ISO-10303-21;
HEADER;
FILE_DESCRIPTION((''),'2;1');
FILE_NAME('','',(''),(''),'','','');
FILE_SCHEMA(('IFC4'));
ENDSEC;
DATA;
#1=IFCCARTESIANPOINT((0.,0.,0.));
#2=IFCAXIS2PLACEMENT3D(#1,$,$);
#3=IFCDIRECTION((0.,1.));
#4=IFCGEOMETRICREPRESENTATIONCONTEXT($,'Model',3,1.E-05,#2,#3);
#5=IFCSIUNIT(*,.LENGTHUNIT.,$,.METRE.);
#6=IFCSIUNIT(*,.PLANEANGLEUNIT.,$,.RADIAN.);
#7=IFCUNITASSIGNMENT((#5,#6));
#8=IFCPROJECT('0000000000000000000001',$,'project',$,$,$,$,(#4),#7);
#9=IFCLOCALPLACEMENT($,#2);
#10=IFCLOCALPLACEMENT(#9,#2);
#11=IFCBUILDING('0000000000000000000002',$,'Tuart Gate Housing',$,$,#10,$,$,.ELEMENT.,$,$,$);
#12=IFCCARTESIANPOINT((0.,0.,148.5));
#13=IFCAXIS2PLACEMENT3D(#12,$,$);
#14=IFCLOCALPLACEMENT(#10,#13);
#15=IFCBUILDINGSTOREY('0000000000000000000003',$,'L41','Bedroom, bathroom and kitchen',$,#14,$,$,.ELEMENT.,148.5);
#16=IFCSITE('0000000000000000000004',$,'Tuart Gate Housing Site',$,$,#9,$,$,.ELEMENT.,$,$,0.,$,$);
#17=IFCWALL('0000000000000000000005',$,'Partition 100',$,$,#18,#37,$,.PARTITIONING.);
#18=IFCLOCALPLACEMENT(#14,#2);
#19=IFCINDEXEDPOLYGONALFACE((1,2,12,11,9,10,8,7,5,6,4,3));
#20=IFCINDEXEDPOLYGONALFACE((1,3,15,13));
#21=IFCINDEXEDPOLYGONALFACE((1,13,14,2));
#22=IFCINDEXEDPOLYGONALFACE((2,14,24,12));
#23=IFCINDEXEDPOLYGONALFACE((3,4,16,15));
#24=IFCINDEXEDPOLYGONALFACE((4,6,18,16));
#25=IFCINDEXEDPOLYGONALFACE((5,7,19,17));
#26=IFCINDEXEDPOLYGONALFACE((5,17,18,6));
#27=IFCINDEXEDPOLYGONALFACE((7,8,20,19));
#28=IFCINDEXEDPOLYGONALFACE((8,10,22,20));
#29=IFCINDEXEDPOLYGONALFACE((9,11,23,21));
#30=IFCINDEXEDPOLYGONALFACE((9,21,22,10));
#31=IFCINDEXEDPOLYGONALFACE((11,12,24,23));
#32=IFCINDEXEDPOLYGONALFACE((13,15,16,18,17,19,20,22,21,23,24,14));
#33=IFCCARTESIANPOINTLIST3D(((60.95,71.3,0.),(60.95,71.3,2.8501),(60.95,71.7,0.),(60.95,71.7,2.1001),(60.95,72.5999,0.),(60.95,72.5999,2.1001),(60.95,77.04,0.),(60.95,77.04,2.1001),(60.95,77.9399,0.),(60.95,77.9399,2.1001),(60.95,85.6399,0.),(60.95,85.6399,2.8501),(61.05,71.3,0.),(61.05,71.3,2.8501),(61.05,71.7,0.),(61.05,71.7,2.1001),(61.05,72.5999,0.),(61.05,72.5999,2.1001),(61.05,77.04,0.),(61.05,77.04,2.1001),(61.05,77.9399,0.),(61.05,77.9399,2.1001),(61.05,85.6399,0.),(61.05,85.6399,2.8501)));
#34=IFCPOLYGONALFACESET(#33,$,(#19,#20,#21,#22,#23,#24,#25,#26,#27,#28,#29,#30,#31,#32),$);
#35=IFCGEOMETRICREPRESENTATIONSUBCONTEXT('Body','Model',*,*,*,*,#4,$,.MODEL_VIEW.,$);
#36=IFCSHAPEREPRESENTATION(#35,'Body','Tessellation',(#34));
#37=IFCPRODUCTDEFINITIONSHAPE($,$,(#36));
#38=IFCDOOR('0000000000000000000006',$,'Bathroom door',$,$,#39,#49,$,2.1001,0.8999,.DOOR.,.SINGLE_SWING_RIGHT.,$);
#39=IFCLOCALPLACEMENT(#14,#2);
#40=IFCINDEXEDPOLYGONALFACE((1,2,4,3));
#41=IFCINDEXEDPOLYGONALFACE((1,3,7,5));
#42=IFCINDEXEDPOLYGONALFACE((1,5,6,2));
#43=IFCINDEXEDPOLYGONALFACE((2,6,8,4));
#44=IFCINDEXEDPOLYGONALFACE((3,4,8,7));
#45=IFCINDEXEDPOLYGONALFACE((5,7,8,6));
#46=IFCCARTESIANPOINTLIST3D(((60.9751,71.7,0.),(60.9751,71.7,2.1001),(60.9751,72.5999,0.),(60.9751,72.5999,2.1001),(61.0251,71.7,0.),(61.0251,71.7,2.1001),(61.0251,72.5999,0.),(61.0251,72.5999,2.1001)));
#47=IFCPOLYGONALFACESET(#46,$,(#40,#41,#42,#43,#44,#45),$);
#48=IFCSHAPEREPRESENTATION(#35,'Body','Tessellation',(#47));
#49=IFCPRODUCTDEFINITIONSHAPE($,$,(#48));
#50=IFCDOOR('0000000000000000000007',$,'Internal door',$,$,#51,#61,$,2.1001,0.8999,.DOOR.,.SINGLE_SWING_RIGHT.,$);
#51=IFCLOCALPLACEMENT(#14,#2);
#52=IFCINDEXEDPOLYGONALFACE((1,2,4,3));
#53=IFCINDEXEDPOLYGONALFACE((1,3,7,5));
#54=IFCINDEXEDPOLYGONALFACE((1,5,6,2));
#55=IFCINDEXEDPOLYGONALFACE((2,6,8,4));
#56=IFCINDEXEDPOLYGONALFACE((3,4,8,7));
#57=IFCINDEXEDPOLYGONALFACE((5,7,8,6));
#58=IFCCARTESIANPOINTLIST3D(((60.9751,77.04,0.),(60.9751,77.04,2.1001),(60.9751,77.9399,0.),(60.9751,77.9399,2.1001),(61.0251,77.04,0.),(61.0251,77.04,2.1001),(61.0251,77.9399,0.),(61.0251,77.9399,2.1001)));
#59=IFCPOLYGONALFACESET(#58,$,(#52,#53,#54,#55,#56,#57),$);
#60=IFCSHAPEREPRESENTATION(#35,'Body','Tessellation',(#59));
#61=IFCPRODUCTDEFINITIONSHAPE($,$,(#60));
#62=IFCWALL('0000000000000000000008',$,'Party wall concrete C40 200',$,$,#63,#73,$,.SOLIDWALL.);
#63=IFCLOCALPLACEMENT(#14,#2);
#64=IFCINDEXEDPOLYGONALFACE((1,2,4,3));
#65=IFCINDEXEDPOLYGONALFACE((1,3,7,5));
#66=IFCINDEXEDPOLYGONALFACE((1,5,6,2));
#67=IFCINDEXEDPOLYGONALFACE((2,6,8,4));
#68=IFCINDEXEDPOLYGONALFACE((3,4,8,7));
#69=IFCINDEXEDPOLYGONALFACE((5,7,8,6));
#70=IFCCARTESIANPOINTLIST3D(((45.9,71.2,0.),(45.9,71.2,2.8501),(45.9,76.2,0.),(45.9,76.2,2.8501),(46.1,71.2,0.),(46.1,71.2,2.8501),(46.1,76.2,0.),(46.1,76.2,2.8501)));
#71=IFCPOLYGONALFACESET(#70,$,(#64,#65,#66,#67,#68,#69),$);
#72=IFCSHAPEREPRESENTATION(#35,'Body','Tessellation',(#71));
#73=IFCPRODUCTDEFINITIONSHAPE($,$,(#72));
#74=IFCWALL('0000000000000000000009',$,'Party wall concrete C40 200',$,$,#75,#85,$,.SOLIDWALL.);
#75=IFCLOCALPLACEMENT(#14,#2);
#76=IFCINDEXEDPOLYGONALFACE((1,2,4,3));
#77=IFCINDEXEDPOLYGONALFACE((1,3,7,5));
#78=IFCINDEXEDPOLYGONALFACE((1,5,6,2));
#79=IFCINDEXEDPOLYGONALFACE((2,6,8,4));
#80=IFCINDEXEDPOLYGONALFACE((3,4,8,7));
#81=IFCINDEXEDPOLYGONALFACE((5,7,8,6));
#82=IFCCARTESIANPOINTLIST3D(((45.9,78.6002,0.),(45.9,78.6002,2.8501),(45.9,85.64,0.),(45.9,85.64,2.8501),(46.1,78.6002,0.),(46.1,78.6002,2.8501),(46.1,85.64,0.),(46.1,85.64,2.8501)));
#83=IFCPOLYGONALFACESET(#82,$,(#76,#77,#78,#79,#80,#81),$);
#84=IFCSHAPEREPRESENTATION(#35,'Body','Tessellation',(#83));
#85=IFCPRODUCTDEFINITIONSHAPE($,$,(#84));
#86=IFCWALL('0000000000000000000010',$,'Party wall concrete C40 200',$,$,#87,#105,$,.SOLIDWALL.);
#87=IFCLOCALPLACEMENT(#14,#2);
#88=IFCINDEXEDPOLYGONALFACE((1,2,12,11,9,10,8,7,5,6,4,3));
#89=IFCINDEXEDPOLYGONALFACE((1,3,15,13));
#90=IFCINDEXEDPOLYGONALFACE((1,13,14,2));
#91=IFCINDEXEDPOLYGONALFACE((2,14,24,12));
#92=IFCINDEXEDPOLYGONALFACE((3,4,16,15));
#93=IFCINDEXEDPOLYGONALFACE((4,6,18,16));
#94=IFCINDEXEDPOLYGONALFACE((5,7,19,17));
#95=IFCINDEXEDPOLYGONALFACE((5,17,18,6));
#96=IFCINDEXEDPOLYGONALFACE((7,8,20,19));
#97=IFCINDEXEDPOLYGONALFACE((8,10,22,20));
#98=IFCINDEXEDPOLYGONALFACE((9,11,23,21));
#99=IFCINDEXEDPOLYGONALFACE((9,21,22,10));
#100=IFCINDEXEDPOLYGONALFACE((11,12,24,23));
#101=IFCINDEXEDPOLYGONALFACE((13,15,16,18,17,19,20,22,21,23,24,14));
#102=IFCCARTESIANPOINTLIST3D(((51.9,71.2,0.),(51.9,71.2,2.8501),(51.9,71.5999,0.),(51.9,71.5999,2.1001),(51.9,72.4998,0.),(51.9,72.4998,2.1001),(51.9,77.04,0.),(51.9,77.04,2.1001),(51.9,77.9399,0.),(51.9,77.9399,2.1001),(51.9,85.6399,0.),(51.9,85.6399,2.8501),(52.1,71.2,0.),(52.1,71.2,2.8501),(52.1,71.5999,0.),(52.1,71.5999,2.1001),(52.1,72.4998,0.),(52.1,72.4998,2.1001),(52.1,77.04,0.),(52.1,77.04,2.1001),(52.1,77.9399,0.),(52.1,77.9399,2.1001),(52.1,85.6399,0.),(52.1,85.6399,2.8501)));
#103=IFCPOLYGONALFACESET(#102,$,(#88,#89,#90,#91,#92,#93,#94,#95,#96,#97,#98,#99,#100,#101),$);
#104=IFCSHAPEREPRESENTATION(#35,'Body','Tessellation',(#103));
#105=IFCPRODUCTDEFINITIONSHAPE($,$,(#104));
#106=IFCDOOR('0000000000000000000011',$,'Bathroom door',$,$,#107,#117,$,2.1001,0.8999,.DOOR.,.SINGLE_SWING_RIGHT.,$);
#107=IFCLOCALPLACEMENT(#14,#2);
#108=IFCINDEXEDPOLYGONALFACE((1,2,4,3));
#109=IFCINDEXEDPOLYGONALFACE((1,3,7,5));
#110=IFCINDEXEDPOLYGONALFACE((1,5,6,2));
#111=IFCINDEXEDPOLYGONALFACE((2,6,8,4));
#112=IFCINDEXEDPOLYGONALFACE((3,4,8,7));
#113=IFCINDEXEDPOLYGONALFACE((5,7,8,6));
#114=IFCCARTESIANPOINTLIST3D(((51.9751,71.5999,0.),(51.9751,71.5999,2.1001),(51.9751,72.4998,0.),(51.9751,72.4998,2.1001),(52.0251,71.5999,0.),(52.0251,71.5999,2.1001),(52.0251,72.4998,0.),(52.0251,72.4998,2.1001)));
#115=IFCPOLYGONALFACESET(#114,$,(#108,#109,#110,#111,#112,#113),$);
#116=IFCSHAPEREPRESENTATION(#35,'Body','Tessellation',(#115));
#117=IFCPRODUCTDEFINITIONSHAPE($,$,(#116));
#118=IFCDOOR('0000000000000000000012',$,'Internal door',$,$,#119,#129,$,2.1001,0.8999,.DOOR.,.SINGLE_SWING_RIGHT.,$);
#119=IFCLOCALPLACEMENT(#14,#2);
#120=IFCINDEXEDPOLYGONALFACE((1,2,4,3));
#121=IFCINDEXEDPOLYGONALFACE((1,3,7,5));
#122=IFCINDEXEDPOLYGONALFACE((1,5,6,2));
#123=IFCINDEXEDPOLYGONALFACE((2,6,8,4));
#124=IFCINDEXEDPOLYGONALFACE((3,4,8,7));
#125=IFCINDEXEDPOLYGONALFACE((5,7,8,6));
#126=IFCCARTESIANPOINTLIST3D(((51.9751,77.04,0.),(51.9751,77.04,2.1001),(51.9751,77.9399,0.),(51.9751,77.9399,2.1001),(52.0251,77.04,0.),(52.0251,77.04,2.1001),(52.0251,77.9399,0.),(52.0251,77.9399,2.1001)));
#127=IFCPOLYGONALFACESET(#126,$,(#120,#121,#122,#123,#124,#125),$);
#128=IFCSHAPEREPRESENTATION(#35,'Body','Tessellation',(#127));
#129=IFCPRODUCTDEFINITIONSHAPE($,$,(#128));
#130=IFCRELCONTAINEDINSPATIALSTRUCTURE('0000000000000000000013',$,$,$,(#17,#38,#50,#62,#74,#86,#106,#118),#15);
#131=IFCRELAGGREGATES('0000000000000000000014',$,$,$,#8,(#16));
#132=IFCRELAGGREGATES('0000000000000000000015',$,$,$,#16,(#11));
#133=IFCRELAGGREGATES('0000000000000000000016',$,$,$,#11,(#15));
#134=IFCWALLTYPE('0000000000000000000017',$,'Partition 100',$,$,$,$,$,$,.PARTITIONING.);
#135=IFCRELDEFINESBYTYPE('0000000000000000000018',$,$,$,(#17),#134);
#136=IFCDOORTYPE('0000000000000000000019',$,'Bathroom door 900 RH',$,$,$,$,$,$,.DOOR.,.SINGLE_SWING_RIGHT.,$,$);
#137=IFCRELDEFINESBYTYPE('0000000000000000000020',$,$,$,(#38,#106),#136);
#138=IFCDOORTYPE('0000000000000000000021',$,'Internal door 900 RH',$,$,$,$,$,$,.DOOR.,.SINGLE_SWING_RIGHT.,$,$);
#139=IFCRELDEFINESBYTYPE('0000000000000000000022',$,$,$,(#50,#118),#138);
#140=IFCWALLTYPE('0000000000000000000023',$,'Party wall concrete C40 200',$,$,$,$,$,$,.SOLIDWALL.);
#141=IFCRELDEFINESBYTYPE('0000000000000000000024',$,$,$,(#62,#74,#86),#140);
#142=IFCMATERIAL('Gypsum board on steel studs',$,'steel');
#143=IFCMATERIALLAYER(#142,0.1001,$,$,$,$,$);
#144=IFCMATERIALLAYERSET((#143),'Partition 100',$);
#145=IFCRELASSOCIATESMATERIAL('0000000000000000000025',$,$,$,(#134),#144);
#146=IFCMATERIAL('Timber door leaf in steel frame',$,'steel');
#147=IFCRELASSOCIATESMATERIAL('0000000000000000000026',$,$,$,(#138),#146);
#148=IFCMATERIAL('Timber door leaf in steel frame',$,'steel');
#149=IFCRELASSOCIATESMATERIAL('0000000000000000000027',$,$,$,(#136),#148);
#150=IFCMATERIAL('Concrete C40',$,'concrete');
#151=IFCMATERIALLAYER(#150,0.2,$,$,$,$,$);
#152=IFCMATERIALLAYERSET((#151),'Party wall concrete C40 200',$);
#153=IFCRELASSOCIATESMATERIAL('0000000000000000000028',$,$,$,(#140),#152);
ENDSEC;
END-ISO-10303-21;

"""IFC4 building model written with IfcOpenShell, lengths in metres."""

from ifc_helpers import new_model, si_unit, direction, frame, frame_2d, origin, place, context, subcontext, project, spatial, rectangle, extrude, material, layer, layer_set, type_object, element, fill, save


model = new_model("IFC4")

# Units and contexts
model_context = context("Model", 3, precision=1e-05, world=origin(), true_north=direction((0.0, 1.0)))
body_context = subcontext(model_context, "Body", "Model", "MODEL_VIEW")
ifc_project = project(units=[si_unit("LENGTHUNIT", "METRE"), si_unit("PLANEANGLEUNIT", "RADIAN")], contexts=[model_context])

# Site, building, storey
site_placement = place(None, origin())
site = spatial("IfcSite", under=ifc_project, at=site_placement, Name="Tuart Gate Housing Site", CompositionType="ELEMENT", RefElevation=0.0)
building_placement = place(site_placement, origin())
building = spatial("IfcBuilding", under=site, at=building_placement, Name="Tuart Gate Housing", CompositionType="ELEMENT")
storey_placement = place(building_placement, frame((0.0, 0.0, 148.5)))
storey = spatial("IfcBuildingStorey", under=building, at=storey_placement, Name="L41", Description="Bedroom, bathroom and kitchen", CompositionType="ELEMENT", Elevation=148.5)

# Shared definitions
ifc_material_1 = material(Name="Gypsum board on steel studs", Category="steel")
ifc_layer_1 = layer(ifc_material_1, 0.1001)
ifc_layer_set_1 = layer_set([ifc_layer_1], Name="Partition 100")
wall_type_1 = type_object("IfcWallType", Name="Partition 100", PredefinedType="PARTITIONING", material=ifc_layer_set_1)

# Shared definitions
ifc_material_2 = material(Name="Timber door leaf in steel frame", Category="steel")
door_type_1 = type_object("IfcDoorType", Name="Internal door 900 RH", OperationType="SINGLE_SWING_RIGHT", PredefinedType="DOOR", material=ifc_material_2)

# Wall, openings, doors
wall_1_placement = place(storey_placement, frame((61.0, 71.3, 0.0), z_axis=(0.0, 0.0, 1.0), x_axis=(0.0, 1.0, 0.0)))
wall_1 = element("IfcWall", 1, at=wall_1_placement, inside=storey, type_object=wall_type_1, Name="Partition 100", PredefinedType="PARTITIONING", context=body_context, shape_type="SweptSolid", body=[
    extrude(rectangle(XDim=14.3398, YDim=0.1001, at=frame_2d((7.1699, 0.0))), origin(), (0.0, 0.0, 1.0), 2.8501),
])
opening_1_placement = place(wall_1_placement, frame((5.74, 0.0, 0.0)))
opening_1 = element("IfcOpeningElement", 2, at=opening_1_placement, cuts=wall_1, PredefinedType="OPENING", context=body_context, shape_type="SweptSolid", body=[
    extrude(rectangle(XDim=0.8999, YDim=2.1001, at=frame_2d((0.45, 1.05))), frame((0.0, 0.0601, 0.0), z_axis=(0.0, -1.0, 0.0), x_axis=(1.0, 0.0, 0.0)), (0.0, 0.0, 1.0), 0.1201),
])
opening_2_placement = place(wall_1_placement, frame((0.3999, 0.0, 0.0)))
opening_2 = element("IfcOpeningElement", 3, at=opening_2_placement, cuts=wall_1, PredefinedType="OPENING", context=body_context, shape_type="SweptSolid", body=[
    extrude(rectangle(XDim=0.8999, YDim=2.1001, at=frame_2d((0.45, 1.05))), frame((0.0, 0.0601, 0.0), z_axis=(0.0, -1.0, 0.0), x_axis=(1.0, 0.0, 0.0)), (0.0, 0.0, 1.0), 0.1201),
])
ifc_material_3 = material(Name="Timber door leaf in steel frame", Category="steel")
door_type_2 = type_object("IfcDoorType", Name="Bathroom door 900 RH", OperationType="SINGLE_SWING_RIGHT", PredefinedType="DOOR", material=ifc_material_3)
door_1_placement = place(opening_2_placement, frame((0.8999, 0.0, 0.0), z_axis=(0.0, 0.0, 1.0), x_axis=(-1.0, 0.0, 0.0)))
door_1 = element("IfcDoor", 4, at=door_1_placement, inside=storey, type_object=door_type_2, Name="Bathroom door", OperationType="SINGLE_SWING_RIGHT", OverallHeight=2.1001, OverallWidth=0.8999, PredefinedType="DOOR", context=body_context, shape_type="SweptSolid", body=[
    extrude(rectangle(XDim=0.8999, YDim=2.1001, at=frame_2d((0.45, 1.05))), frame((0.0, 0.0251, 0.0), z_axis=(0.0, -1.0, 0.0), x_axis=(1.0, 0.0, 0.0)), (0.0, 0.0, 1.0), 0.05),
])
fill(opening_2, door_1)
door_2_placement = place(opening_1_placement, frame((0.8999, 0.0, 0.0), z_axis=(0.0, 0.0, 1.0), x_axis=(-1.0, 0.0, 0.0)))
door_2 = element("IfcDoor", 5, at=door_2_placement, inside=storey, type_object=door_type_1, Name="Internal door", OperationType="SINGLE_SWING_RIGHT", OverallHeight=2.1001, OverallWidth=0.8999, PredefinedType="DOOR", context=body_context, shape_type="SweptSolid", body=[
    extrude(rectangle(XDim=0.8999, YDim=2.1001, at=frame_2d((0.45, 1.05))), frame((0.0, 0.0251, 0.0), z_axis=(0.0, -1.0, 0.0), x_axis=(1.0, 0.0, 0.0)), (0.0, 0.0, 1.0), 0.05),
])
fill(opening_1, door_2)

# Walls
ifc_material_4 = material(Name="Concrete C40", Category="concrete")
ifc_layer_2 = layer(ifc_material_4, 0.2)
ifc_layer_set_2 = layer_set([ifc_layer_2], Name="Party wall concrete C40 200")
wall_type_2 = type_object("IfcWallType", Name="Party wall concrete C40 200", PredefinedType="SOLIDWALL", material=ifc_layer_set_2)
wall_2_placement = place(storey_placement, frame((46.0, 71.2, 0.0), z_axis=(0.0, 0.0, 1.0), x_axis=(0.0, 1.0, 0.0)))
element("IfcWall", 6, at=wall_2_placement, inside=storey, type_object=wall_type_2, Name="Party wall concrete C40 200", PredefinedType="SOLIDWALL", context=body_context, shape_type="SweptSolid", body=[
    extrude(rectangle(XDim=5.0, YDim=0.2, at=frame_2d((2.5, 0.0))), origin(), (0.0, 0.0, 1.0), 2.8501),
])
wall_3_placement = place(storey_placement, frame((46.0, 78.6001, 0.0), z_axis=(0.0, 0.0, 1.0), x_axis=(0.0, 1.0, 0.0)))
element("IfcWall", 7, at=wall_3_placement, inside=storey, type_object=wall_type_2, Name="Party wall concrete C40 200", PredefinedType="SOLIDWALL", context=body_context, shape_type="SweptSolid", body=[
    extrude(rectangle(XDim=7.0398, YDim=0.2, at=frame_2d((3.52, 0.0))), origin(), (0.0, 0.0, 1.0), 2.8501),
])

# Wall, openings, doors
wall_4_placement = place(storey_placement, frame((52.0, 71.2, 0.0), z_axis=(0.0, 0.0, 1.0), x_axis=(0.0, 1.0, 0.0)))
wall_4 = element("IfcWall", 8, at=wall_4_placement, inside=storey, type_object=wall_type_2, Name="Party wall concrete C40 200", PredefinedType="SOLIDWALL", context=body_context, shape_type="SweptSolid", body=[
    extrude(rectangle(XDim=14.4399, YDim=0.2, at=frame_2d((7.22, 0.0))), origin(), (0.0, 0.0, 1.0), 2.8501),
])
opening_3_placement = place(wall_4_placement, frame((5.8401, 0.0, 0.0)))
opening_3 = element("IfcOpeningElement", 9, at=opening_3_placement, cuts=wall_4, PredefinedType="OPENING", context=body_context, shape_type="SweptSolid", body=[
    extrude(rectangle(XDim=0.8999, YDim=2.1001, at=frame_2d((0.45, 1.05))), frame((0.0, 0.1099, 0.0), z_axis=(0.0, -1.0, 0.0), x_axis=(1.0, 0.0, 0.0)), (0.0, 0.0, 1.0), 0.22),
])
opening_4_placement = place(wall_4_placement, frame((0.3999, 0.0, 0.0)))
opening_4 = element("IfcOpeningElement", 10, at=opening_4_placement, cuts=wall_4, PredefinedType="OPENING", context=body_context, shape_type="SweptSolid", body=[
    extrude(rectangle(XDim=0.8999, YDim=2.1001, at=frame_2d((0.45, 1.05))), frame((0.0, 0.1099, 0.0), z_axis=(0.0, -1.0, 0.0), x_axis=(1.0, 0.0, 0.0)), (0.0, 0.0, 1.0), 0.22),
])
door_3_placement = place(opening_4_placement, frame((0.8999, 0.0, 0.0), z_axis=(0.0, 0.0, 1.0), x_axis=(-1.0, 0.0, 0.0)))
door_3 = element("IfcDoor", 11, at=door_3_placement, inside=storey, type_object=door_type_2, Name="Bathroom door", OperationType="SINGLE_SWING_RIGHT", OverallHeight=2.1001, OverallWidth=0.8999, PredefinedType="DOOR", context=body_context, shape_type="SweptSolid", body=[
    extrude(rectangle(XDim=0.8999, YDim=2.1001, at=frame_2d((0.45, 1.05))), frame((0.0, 0.0251, 0.0), z_axis=(0.0, -1.0, 0.0), x_axis=(1.0, 0.0, 0.0)), (0.0, 0.0, 1.0), 0.05),
])
fill(opening_4, door_3)
door_4_placement = place(opening_3_placement, frame((0.8999, 0.0, 0.0), z_axis=(0.0, 0.0, 1.0), x_axis=(-1.0, 0.0, 0.0)))
door_4 = element("IfcDoor", 12, at=door_4_placement, inside=storey, type_object=door_type_1, Name="Internal door", OperationType="SINGLE_SWING_RIGHT", OverallHeight=2.1001, OverallWidth=0.8999, PredefinedType="DOOR", context=body_context, shape_type="SweptSolid", body=[
    extrude(rectangle(XDim=0.8999, YDim=2.1001, at=frame_2d((0.45, 1.05))), frame((0.0, 0.0251, 0.0), z_axis=(0.0, -1.0, 0.0), x_axis=(1.0, 0.0, 0.0)), (0.0, 0.0, 1.0), 0.05),
])
fill(opening_3, door_4)

save(model, "model.ifc")
